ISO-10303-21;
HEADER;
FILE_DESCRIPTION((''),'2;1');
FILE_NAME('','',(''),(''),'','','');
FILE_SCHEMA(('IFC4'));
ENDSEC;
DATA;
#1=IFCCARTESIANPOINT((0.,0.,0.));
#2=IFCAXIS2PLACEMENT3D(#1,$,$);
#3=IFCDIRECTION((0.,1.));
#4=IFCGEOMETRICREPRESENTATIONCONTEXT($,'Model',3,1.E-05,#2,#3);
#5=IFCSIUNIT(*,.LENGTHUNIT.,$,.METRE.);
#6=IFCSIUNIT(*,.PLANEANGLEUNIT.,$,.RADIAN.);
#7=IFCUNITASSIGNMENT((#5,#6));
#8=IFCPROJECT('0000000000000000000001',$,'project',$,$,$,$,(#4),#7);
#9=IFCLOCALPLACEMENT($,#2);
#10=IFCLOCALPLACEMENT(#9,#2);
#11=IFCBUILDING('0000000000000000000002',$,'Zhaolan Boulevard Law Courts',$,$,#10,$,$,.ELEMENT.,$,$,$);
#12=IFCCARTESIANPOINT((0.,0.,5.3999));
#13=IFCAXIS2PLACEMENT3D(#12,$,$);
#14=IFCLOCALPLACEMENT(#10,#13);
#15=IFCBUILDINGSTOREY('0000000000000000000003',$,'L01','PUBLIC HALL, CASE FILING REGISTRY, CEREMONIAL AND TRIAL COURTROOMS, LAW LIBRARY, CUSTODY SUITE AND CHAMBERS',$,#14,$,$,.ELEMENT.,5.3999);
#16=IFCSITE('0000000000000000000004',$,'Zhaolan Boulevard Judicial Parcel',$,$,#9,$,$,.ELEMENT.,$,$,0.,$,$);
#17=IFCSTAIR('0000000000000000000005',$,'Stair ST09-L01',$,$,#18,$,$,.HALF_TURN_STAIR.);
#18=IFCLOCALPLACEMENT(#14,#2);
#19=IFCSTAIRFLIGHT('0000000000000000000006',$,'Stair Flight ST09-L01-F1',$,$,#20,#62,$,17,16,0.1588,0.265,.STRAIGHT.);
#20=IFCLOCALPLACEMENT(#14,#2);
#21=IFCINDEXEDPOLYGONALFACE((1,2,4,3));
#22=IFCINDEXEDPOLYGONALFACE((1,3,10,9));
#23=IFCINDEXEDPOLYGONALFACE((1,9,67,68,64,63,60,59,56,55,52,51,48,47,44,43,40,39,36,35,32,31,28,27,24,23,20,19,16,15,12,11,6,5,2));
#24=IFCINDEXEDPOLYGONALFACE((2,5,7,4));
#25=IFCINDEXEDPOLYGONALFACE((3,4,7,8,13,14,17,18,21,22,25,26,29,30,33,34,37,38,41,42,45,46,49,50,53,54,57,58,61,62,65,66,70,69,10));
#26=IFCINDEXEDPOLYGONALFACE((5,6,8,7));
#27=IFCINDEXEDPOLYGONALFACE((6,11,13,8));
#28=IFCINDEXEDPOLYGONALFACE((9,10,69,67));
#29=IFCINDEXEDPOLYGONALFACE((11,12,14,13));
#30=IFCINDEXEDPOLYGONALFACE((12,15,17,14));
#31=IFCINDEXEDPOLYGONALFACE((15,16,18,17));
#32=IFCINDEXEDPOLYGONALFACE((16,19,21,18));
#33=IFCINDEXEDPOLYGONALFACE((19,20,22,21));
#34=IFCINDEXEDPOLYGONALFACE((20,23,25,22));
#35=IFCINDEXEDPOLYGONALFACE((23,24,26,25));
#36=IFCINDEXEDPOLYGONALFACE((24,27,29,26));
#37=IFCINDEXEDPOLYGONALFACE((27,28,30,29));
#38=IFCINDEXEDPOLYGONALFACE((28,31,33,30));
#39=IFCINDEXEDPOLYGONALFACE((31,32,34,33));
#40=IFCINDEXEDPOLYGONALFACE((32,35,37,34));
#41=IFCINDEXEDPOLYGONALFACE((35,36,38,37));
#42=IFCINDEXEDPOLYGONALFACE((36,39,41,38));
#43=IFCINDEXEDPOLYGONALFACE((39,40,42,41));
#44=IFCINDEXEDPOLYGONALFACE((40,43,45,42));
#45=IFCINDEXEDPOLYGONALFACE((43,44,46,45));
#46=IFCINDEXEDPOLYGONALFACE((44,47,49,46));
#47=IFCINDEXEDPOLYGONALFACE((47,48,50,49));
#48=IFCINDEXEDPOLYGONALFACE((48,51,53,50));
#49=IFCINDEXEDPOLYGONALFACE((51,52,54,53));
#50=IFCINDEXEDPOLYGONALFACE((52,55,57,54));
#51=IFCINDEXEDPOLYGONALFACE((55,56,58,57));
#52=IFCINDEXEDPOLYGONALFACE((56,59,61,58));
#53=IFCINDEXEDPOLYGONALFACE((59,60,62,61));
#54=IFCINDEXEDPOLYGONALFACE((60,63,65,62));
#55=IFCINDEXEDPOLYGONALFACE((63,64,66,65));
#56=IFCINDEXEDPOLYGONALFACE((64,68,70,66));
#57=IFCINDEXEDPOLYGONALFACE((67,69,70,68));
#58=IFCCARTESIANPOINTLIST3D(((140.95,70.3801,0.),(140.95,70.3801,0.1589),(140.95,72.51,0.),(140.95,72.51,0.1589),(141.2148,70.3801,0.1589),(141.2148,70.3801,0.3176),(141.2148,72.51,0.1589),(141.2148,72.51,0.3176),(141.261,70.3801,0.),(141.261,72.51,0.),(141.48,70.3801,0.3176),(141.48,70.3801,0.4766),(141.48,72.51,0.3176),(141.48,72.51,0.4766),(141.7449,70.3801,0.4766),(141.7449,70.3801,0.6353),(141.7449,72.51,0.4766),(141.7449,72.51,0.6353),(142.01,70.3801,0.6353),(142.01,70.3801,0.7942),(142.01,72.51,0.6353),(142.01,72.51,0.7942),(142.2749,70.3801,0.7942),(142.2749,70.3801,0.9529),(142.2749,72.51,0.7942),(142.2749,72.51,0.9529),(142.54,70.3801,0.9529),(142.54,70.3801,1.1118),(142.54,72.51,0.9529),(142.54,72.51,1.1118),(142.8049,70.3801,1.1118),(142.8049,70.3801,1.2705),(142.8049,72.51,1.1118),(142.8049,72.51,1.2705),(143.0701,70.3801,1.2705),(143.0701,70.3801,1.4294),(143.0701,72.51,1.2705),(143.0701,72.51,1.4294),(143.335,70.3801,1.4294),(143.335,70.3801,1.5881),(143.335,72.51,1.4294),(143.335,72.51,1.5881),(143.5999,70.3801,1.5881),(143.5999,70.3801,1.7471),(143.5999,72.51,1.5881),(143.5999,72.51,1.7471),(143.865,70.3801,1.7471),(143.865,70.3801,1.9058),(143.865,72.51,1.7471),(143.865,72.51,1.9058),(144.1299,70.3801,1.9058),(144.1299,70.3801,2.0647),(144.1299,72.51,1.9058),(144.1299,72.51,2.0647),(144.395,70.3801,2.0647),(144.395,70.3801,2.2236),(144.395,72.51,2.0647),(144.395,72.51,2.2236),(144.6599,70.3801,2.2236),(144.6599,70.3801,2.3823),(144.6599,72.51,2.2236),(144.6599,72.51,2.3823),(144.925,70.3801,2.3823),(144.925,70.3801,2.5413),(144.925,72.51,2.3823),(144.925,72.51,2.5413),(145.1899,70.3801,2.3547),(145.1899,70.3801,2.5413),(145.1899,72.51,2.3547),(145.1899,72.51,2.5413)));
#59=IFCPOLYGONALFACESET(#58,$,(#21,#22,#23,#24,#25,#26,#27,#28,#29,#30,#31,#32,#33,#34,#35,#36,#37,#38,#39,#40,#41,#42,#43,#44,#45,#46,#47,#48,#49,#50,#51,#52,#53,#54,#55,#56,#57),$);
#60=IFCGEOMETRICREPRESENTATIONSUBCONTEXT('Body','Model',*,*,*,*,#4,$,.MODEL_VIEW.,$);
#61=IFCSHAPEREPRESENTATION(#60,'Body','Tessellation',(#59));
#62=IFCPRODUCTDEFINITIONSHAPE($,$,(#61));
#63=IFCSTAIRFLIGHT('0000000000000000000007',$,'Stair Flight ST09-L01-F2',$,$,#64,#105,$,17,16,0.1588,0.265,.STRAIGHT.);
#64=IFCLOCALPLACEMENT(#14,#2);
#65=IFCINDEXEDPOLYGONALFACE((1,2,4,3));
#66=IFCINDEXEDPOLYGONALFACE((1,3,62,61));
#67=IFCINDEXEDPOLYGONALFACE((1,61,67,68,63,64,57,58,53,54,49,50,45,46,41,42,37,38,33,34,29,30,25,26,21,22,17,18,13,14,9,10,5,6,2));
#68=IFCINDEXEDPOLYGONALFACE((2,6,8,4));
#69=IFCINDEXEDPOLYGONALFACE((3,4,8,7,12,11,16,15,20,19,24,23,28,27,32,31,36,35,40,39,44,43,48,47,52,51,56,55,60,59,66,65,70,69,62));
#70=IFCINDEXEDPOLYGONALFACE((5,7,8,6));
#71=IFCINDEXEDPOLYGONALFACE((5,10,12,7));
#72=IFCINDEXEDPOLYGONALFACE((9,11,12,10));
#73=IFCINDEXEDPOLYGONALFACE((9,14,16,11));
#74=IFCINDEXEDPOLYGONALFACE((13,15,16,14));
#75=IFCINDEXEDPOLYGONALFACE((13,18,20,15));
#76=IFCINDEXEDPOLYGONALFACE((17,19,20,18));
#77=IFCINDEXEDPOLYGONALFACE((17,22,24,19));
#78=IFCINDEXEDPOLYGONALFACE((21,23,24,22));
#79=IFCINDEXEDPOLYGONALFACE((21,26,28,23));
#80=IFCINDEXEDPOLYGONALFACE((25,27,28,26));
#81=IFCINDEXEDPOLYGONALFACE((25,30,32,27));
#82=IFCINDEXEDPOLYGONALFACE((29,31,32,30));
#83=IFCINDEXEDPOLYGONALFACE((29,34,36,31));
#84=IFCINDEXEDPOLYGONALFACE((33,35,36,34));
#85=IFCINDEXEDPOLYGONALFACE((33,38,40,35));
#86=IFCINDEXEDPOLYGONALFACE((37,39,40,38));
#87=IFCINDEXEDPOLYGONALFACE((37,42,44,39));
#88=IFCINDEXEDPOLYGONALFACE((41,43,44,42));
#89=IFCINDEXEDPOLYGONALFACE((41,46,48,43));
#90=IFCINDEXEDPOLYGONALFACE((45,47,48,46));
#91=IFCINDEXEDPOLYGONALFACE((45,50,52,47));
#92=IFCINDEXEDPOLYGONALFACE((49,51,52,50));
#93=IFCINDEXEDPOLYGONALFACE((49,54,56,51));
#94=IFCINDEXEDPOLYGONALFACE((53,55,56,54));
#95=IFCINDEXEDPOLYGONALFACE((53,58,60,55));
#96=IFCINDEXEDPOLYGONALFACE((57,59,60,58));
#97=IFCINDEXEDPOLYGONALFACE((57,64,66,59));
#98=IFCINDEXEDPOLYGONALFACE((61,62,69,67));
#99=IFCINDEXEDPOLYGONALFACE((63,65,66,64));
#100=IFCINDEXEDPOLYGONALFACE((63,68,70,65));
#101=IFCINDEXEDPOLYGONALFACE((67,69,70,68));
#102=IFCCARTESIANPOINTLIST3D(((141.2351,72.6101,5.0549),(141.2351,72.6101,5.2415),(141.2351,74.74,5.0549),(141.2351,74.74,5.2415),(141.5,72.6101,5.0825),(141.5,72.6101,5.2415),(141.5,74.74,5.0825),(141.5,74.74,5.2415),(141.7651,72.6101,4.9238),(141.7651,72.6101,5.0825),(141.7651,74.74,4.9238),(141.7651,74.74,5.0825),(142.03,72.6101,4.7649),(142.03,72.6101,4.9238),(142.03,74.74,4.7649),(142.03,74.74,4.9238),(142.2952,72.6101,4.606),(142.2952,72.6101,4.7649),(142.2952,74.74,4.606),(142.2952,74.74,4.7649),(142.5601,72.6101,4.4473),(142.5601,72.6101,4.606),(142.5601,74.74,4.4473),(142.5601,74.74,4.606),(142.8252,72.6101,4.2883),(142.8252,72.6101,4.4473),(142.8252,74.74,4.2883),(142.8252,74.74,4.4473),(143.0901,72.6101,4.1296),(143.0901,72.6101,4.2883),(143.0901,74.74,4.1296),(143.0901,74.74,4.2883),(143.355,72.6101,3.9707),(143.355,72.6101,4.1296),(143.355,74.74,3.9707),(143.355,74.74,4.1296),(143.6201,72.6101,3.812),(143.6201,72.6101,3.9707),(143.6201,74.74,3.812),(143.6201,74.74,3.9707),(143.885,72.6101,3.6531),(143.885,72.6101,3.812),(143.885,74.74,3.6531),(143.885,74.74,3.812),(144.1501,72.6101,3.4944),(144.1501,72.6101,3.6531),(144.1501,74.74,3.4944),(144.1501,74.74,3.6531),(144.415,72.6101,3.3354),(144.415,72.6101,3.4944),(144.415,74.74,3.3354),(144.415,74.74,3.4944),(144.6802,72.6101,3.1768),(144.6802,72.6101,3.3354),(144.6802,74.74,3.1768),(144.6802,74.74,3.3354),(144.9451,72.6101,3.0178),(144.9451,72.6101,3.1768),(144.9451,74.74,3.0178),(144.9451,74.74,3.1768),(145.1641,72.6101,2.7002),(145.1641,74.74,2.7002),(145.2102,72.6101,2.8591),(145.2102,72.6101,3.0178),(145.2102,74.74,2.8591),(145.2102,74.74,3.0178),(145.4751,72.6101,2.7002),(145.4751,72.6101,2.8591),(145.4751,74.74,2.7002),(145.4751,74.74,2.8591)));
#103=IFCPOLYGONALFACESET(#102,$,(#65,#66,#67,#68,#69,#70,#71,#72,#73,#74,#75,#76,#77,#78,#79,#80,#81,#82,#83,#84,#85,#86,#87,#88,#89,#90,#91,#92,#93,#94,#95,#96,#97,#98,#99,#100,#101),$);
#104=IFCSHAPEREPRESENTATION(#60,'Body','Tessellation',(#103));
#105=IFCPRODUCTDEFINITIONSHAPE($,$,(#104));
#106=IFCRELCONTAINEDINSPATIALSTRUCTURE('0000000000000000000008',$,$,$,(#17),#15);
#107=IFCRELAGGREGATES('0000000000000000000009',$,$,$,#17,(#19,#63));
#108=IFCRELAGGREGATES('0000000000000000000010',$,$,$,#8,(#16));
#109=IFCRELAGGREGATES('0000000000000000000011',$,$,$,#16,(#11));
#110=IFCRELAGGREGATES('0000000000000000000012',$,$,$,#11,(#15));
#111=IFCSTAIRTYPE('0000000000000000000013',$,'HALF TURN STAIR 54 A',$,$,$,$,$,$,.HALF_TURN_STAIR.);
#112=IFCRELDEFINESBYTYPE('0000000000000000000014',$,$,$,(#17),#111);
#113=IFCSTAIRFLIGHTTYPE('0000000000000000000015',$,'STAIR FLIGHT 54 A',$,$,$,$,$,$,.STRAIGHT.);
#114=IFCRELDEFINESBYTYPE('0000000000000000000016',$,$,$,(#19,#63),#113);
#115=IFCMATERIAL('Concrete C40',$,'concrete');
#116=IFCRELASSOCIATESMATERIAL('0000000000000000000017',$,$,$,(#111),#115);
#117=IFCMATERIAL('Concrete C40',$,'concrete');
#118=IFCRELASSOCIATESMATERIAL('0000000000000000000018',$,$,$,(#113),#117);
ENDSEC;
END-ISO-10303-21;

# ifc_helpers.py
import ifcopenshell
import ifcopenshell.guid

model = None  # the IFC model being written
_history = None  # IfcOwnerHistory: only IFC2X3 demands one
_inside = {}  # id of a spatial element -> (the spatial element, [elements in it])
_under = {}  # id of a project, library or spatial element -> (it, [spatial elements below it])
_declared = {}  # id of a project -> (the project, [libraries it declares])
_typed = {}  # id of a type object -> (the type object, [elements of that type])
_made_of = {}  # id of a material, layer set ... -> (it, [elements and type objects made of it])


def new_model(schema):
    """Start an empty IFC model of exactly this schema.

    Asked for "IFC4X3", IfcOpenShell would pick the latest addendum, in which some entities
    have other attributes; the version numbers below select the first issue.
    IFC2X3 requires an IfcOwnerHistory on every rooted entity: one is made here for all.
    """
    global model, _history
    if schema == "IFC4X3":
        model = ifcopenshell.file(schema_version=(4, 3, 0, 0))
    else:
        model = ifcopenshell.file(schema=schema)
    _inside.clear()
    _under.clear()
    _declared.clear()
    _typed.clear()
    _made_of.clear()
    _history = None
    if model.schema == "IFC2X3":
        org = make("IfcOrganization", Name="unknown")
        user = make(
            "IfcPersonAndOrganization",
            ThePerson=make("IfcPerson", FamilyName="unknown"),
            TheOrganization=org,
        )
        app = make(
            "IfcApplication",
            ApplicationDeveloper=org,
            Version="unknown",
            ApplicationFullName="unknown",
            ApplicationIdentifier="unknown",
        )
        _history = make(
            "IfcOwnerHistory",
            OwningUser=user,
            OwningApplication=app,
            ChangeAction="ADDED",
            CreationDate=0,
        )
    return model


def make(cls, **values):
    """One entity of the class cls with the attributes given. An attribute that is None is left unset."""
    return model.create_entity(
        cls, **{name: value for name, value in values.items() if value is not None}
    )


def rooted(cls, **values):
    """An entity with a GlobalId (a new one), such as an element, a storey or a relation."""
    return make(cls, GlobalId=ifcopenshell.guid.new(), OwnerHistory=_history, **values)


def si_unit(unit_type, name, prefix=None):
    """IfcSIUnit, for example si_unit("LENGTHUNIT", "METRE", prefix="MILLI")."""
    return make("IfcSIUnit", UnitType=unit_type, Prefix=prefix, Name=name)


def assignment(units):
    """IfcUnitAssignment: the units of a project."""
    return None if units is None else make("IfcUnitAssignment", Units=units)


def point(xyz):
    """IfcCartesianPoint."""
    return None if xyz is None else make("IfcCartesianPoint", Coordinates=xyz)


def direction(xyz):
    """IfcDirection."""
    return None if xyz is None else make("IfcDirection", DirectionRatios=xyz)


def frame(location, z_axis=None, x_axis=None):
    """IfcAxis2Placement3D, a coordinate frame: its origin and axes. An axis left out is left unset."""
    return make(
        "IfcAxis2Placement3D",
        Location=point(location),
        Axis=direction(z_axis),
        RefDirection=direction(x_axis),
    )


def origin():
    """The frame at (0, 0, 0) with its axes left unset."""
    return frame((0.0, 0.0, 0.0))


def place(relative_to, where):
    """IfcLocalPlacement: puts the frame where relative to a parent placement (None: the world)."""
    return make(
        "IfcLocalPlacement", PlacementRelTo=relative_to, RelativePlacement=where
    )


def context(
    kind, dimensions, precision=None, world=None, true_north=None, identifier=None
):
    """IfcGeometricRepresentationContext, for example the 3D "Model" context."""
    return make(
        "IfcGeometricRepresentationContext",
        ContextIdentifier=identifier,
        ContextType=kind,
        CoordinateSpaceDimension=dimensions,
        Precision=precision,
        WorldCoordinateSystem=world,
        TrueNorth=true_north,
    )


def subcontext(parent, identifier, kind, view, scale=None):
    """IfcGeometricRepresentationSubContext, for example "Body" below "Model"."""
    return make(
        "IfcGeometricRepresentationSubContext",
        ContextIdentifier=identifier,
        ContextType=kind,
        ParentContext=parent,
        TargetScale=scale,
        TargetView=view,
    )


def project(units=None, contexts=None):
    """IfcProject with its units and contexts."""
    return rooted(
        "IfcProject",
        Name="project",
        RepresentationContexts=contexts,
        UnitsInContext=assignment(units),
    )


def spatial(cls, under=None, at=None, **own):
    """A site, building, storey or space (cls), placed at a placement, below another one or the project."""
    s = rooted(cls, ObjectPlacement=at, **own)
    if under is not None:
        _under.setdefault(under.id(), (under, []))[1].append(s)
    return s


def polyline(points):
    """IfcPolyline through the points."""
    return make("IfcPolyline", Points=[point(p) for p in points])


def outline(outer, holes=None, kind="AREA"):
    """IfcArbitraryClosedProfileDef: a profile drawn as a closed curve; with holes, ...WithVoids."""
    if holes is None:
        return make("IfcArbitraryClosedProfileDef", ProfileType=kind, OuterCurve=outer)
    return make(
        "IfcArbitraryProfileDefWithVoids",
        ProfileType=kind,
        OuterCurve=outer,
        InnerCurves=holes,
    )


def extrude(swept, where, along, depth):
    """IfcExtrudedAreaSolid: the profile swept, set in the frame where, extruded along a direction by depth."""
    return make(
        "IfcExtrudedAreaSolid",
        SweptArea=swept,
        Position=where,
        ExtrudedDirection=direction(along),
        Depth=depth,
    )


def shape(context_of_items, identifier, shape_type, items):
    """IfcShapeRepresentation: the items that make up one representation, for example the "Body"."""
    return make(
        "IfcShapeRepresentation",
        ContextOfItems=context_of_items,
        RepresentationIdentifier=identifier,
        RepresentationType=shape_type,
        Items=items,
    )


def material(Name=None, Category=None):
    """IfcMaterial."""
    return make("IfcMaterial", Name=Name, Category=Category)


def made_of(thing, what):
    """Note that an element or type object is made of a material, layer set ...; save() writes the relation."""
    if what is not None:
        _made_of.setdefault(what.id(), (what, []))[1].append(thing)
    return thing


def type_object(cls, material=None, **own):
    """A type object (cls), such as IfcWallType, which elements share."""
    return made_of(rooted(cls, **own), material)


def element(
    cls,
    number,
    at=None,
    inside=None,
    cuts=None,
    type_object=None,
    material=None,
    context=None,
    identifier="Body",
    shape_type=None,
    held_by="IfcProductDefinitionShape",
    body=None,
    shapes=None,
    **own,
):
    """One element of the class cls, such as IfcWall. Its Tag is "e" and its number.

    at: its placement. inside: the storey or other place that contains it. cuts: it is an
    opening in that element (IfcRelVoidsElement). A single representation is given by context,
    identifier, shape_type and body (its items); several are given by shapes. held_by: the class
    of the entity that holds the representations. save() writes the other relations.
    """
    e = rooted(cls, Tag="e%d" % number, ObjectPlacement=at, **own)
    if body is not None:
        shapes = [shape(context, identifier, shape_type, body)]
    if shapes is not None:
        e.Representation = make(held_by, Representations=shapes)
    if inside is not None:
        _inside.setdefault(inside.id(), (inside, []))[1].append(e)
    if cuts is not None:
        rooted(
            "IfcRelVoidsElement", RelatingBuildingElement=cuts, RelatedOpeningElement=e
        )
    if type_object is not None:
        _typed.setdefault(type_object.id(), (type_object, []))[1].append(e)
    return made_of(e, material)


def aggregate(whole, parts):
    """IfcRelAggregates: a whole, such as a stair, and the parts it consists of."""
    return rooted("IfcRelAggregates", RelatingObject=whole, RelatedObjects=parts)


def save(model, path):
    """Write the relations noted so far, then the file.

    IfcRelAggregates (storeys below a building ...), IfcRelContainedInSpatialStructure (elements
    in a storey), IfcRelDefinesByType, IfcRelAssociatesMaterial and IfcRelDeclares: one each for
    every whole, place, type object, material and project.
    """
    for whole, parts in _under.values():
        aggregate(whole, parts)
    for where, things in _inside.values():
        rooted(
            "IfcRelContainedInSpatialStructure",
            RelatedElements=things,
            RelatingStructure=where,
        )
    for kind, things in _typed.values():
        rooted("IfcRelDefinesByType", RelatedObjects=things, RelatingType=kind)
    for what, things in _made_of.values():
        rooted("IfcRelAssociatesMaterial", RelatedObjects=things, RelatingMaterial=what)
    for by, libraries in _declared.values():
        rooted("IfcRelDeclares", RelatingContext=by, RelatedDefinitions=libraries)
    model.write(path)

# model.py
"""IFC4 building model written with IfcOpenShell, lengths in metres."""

from ifc_helpers import new_model, si_unit, direction, frame, origin, place, context, subcontext, project, spatial, polyline, outline, extrude, material, type_object, element, aggregate, save


model = new_model("IFC4")

# Units and contexts
model_context = context("Model", 3, precision=1e-05, world=origin(), true_north=direction((0.0, 1.0)))
body_context = subcontext(model_context, "Body", "Model", "MODEL_VIEW")
ifc_project = project(units=[si_unit("LENGTHUNIT", "METRE"), si_unit("PLANEANGLEUNIT", "RADIAN")], contexts=[model_context])

# Site, building, storey
site_placement = place(None, origin())
site = spatial("IfcSite", under=ifc_project, at=site_placement, Name="Zhaolan Boulevard Judicial Parcel", CompositionType="ELEMENT", RefElevation=0.0)
building_placement = place(site_placement, origin())
building = spatial("IfcBuilding", under=site, at=building_placement, Name="Zhaolan Boulevard Law Courts", CompositionType="ELEMENT")
storey_placement = place(building_placement, frame((0.0, 0.0, 5.3999)))
storey = spatial("IfcBuildingStorey", under=building, at=storey_placement, Name="L01", Description="PUBLIC HALL, CASE FILING REGISTRY, CEREMONIAL AND TRIAL COURTROOMS, LAW LIBRARY, CUSTODY SUITE AND CHAMBERS", CompositionType="ELEMENT", Elevation=5.3999)

# Stair, stair flights
ifc_material_1 = material(Name="Concrete C40", Category="concrete")
stair_type = type_object("IfcStairType", Name="HALF TURN STAIR 54 A", PredefinedType="HALF_TURN_STAIR", material=ifc_material_1)
stair_placement = place(storey_placement, origin())
stair = element("IfcStair", 1, at=stair_placement, inside=storey, type_object=stair_type, Name="Stair ST09-L01", PredefinedType="HALF_TURN_STAIR")
ifc_material_2 = material(Name="Concrete C40", Category="concrete")
stair_flight_type = type_object("IfcStairFlightType", Name="STAIR FLIGHT 54 A", PredefinedType="STRAIGHT", material=ifc_material_2)
stair_flight_1_placement = place(storey_placement, frame((140.95, 71.4451, 0.0), z_axis=(0.0, 0.0, 1.0), x_axis=(1.0, 0.0, 0.0)))
stair_flight_1 = element("IfcStairFlight", 2, at=stair_flight_1_placement, type_object=stair_flight_type, Name="Stair Flight ST09-L01-F1", NumberOfRisers=17, NumberOfTreads=16, PredefinedType="STRAIGHT", RiserHeight=0.1588, TreadLength=0.265, context=body_context, shape_type="SweptSolid", body=[
    extrude(outline(polyline([(0.0, 0.0), (0.0, 0.1589), (0.2649, 0.1589), (0.2649, 0.3176), (0.53, 0.3176), (0.53, 0.4766), (0.7949, 0.4766), (0.7949, 0.6353), (1.0601, 0.6353), (1.0601, 0.7942), (1.325, 0.7942), (1.325, 0.9529), (1.5901, 0.9529), (1.5901, 1.1118), (1.855, 1.1118), (1.855, 1.2705), (2.1201, 1.2705), (2.1201, 1.4294), (2.385, 1.4294), (2.385, 1.5881), (2.6499, 1.5881), (2.6499, 1.7471), (2.915, 1.7471), (2.915, 1.9058), (3.1799, 1.9058), (3.1799, 2.0647), (3.4451, 2.0647), (3.4451, 2.2236), (3.71, 2.2236), (3.71, 2.3823), (3.9751, 2.3823), (3.9751, 2.5413), (4.24, 2.5413), (4.24, 2.7), (4.24, 2.3547), (0.311, 0.0), (0.0, 0.0)])), frame((0.0, 1.0649, 0.0), z_axis=(0.0, -1.0, 0.0), x_axis=(1.0, 0.0, 0.0)), (0.0, 0.0, 1.0), 2.1299),
])
stair_flight_2_placement = place(storey_placement, frame((145.4751, 73.675, 2.7002), z_axis=(0.0, 0.0, 1.0), x_axis=(-1.0, 0.0, 0.0)))
stair_flight_2 = element("IfcStairFlight", 3, at=stair_flight_2_placement, type_object=stair_flight_type, Name="Stair Flight ST09-L01-F2", NumberOfRisers=17, NumberOfTreads=16, PredefinedType="STRAIGHT", RiserHeight=0.1588, TreadLength=0.265, context=body_context, shape_type="SweptSolid", body=[
    extrude(outline(polyline([(0.0, 0.0), (0.0, 0.1589), (0.2649, 0.1589), (0.2649, 0.3176), (0.53, 0.3176), (0.53, 0.4766), (0.7949, 0.4766), (0.7949, 0.6353), (1.0601, 0.6353), (1.0601, 0.7942), (1.325, 0.7942), (1.325, 0.9529), (1.5901, 0.9529), (1.5901, 1.1118), (1.855, 1.1118), (1.855, 1.2705), (2.1201, 1.2705), (2.1201, 1.4294), (2.385, 1.4294), (2.385, 1.5881), (2.6499, 1.5881), (2.6499, 1.7471), (2.915, 1.7471), (2.915, 1.9058), (3.1799, 1.9058), (3.1799, 2.0647), (3.4451, 2.0647), (3.4451, 2.2236), (3.71, 2.2236), (3.71, 2.3823), (3.9751, 2.3823), (3.9751, 2.5413), (4.24, 2.5413), (4.24, 2.7), (4.24, 2.3547), (0.311, 0.0), (0.0, 0.0)])), frame((0.0, 1.0649, 0.0), z_axis=(0.0, -1.0, 0.0), x_axis=(1.0, 0.0, 0.0)), (0.0, 0.0, 1.0), 2.1299),
])
aggregate(stair, [stair_flight_1, stair_flight_2])

save(model, "model.ifc")
